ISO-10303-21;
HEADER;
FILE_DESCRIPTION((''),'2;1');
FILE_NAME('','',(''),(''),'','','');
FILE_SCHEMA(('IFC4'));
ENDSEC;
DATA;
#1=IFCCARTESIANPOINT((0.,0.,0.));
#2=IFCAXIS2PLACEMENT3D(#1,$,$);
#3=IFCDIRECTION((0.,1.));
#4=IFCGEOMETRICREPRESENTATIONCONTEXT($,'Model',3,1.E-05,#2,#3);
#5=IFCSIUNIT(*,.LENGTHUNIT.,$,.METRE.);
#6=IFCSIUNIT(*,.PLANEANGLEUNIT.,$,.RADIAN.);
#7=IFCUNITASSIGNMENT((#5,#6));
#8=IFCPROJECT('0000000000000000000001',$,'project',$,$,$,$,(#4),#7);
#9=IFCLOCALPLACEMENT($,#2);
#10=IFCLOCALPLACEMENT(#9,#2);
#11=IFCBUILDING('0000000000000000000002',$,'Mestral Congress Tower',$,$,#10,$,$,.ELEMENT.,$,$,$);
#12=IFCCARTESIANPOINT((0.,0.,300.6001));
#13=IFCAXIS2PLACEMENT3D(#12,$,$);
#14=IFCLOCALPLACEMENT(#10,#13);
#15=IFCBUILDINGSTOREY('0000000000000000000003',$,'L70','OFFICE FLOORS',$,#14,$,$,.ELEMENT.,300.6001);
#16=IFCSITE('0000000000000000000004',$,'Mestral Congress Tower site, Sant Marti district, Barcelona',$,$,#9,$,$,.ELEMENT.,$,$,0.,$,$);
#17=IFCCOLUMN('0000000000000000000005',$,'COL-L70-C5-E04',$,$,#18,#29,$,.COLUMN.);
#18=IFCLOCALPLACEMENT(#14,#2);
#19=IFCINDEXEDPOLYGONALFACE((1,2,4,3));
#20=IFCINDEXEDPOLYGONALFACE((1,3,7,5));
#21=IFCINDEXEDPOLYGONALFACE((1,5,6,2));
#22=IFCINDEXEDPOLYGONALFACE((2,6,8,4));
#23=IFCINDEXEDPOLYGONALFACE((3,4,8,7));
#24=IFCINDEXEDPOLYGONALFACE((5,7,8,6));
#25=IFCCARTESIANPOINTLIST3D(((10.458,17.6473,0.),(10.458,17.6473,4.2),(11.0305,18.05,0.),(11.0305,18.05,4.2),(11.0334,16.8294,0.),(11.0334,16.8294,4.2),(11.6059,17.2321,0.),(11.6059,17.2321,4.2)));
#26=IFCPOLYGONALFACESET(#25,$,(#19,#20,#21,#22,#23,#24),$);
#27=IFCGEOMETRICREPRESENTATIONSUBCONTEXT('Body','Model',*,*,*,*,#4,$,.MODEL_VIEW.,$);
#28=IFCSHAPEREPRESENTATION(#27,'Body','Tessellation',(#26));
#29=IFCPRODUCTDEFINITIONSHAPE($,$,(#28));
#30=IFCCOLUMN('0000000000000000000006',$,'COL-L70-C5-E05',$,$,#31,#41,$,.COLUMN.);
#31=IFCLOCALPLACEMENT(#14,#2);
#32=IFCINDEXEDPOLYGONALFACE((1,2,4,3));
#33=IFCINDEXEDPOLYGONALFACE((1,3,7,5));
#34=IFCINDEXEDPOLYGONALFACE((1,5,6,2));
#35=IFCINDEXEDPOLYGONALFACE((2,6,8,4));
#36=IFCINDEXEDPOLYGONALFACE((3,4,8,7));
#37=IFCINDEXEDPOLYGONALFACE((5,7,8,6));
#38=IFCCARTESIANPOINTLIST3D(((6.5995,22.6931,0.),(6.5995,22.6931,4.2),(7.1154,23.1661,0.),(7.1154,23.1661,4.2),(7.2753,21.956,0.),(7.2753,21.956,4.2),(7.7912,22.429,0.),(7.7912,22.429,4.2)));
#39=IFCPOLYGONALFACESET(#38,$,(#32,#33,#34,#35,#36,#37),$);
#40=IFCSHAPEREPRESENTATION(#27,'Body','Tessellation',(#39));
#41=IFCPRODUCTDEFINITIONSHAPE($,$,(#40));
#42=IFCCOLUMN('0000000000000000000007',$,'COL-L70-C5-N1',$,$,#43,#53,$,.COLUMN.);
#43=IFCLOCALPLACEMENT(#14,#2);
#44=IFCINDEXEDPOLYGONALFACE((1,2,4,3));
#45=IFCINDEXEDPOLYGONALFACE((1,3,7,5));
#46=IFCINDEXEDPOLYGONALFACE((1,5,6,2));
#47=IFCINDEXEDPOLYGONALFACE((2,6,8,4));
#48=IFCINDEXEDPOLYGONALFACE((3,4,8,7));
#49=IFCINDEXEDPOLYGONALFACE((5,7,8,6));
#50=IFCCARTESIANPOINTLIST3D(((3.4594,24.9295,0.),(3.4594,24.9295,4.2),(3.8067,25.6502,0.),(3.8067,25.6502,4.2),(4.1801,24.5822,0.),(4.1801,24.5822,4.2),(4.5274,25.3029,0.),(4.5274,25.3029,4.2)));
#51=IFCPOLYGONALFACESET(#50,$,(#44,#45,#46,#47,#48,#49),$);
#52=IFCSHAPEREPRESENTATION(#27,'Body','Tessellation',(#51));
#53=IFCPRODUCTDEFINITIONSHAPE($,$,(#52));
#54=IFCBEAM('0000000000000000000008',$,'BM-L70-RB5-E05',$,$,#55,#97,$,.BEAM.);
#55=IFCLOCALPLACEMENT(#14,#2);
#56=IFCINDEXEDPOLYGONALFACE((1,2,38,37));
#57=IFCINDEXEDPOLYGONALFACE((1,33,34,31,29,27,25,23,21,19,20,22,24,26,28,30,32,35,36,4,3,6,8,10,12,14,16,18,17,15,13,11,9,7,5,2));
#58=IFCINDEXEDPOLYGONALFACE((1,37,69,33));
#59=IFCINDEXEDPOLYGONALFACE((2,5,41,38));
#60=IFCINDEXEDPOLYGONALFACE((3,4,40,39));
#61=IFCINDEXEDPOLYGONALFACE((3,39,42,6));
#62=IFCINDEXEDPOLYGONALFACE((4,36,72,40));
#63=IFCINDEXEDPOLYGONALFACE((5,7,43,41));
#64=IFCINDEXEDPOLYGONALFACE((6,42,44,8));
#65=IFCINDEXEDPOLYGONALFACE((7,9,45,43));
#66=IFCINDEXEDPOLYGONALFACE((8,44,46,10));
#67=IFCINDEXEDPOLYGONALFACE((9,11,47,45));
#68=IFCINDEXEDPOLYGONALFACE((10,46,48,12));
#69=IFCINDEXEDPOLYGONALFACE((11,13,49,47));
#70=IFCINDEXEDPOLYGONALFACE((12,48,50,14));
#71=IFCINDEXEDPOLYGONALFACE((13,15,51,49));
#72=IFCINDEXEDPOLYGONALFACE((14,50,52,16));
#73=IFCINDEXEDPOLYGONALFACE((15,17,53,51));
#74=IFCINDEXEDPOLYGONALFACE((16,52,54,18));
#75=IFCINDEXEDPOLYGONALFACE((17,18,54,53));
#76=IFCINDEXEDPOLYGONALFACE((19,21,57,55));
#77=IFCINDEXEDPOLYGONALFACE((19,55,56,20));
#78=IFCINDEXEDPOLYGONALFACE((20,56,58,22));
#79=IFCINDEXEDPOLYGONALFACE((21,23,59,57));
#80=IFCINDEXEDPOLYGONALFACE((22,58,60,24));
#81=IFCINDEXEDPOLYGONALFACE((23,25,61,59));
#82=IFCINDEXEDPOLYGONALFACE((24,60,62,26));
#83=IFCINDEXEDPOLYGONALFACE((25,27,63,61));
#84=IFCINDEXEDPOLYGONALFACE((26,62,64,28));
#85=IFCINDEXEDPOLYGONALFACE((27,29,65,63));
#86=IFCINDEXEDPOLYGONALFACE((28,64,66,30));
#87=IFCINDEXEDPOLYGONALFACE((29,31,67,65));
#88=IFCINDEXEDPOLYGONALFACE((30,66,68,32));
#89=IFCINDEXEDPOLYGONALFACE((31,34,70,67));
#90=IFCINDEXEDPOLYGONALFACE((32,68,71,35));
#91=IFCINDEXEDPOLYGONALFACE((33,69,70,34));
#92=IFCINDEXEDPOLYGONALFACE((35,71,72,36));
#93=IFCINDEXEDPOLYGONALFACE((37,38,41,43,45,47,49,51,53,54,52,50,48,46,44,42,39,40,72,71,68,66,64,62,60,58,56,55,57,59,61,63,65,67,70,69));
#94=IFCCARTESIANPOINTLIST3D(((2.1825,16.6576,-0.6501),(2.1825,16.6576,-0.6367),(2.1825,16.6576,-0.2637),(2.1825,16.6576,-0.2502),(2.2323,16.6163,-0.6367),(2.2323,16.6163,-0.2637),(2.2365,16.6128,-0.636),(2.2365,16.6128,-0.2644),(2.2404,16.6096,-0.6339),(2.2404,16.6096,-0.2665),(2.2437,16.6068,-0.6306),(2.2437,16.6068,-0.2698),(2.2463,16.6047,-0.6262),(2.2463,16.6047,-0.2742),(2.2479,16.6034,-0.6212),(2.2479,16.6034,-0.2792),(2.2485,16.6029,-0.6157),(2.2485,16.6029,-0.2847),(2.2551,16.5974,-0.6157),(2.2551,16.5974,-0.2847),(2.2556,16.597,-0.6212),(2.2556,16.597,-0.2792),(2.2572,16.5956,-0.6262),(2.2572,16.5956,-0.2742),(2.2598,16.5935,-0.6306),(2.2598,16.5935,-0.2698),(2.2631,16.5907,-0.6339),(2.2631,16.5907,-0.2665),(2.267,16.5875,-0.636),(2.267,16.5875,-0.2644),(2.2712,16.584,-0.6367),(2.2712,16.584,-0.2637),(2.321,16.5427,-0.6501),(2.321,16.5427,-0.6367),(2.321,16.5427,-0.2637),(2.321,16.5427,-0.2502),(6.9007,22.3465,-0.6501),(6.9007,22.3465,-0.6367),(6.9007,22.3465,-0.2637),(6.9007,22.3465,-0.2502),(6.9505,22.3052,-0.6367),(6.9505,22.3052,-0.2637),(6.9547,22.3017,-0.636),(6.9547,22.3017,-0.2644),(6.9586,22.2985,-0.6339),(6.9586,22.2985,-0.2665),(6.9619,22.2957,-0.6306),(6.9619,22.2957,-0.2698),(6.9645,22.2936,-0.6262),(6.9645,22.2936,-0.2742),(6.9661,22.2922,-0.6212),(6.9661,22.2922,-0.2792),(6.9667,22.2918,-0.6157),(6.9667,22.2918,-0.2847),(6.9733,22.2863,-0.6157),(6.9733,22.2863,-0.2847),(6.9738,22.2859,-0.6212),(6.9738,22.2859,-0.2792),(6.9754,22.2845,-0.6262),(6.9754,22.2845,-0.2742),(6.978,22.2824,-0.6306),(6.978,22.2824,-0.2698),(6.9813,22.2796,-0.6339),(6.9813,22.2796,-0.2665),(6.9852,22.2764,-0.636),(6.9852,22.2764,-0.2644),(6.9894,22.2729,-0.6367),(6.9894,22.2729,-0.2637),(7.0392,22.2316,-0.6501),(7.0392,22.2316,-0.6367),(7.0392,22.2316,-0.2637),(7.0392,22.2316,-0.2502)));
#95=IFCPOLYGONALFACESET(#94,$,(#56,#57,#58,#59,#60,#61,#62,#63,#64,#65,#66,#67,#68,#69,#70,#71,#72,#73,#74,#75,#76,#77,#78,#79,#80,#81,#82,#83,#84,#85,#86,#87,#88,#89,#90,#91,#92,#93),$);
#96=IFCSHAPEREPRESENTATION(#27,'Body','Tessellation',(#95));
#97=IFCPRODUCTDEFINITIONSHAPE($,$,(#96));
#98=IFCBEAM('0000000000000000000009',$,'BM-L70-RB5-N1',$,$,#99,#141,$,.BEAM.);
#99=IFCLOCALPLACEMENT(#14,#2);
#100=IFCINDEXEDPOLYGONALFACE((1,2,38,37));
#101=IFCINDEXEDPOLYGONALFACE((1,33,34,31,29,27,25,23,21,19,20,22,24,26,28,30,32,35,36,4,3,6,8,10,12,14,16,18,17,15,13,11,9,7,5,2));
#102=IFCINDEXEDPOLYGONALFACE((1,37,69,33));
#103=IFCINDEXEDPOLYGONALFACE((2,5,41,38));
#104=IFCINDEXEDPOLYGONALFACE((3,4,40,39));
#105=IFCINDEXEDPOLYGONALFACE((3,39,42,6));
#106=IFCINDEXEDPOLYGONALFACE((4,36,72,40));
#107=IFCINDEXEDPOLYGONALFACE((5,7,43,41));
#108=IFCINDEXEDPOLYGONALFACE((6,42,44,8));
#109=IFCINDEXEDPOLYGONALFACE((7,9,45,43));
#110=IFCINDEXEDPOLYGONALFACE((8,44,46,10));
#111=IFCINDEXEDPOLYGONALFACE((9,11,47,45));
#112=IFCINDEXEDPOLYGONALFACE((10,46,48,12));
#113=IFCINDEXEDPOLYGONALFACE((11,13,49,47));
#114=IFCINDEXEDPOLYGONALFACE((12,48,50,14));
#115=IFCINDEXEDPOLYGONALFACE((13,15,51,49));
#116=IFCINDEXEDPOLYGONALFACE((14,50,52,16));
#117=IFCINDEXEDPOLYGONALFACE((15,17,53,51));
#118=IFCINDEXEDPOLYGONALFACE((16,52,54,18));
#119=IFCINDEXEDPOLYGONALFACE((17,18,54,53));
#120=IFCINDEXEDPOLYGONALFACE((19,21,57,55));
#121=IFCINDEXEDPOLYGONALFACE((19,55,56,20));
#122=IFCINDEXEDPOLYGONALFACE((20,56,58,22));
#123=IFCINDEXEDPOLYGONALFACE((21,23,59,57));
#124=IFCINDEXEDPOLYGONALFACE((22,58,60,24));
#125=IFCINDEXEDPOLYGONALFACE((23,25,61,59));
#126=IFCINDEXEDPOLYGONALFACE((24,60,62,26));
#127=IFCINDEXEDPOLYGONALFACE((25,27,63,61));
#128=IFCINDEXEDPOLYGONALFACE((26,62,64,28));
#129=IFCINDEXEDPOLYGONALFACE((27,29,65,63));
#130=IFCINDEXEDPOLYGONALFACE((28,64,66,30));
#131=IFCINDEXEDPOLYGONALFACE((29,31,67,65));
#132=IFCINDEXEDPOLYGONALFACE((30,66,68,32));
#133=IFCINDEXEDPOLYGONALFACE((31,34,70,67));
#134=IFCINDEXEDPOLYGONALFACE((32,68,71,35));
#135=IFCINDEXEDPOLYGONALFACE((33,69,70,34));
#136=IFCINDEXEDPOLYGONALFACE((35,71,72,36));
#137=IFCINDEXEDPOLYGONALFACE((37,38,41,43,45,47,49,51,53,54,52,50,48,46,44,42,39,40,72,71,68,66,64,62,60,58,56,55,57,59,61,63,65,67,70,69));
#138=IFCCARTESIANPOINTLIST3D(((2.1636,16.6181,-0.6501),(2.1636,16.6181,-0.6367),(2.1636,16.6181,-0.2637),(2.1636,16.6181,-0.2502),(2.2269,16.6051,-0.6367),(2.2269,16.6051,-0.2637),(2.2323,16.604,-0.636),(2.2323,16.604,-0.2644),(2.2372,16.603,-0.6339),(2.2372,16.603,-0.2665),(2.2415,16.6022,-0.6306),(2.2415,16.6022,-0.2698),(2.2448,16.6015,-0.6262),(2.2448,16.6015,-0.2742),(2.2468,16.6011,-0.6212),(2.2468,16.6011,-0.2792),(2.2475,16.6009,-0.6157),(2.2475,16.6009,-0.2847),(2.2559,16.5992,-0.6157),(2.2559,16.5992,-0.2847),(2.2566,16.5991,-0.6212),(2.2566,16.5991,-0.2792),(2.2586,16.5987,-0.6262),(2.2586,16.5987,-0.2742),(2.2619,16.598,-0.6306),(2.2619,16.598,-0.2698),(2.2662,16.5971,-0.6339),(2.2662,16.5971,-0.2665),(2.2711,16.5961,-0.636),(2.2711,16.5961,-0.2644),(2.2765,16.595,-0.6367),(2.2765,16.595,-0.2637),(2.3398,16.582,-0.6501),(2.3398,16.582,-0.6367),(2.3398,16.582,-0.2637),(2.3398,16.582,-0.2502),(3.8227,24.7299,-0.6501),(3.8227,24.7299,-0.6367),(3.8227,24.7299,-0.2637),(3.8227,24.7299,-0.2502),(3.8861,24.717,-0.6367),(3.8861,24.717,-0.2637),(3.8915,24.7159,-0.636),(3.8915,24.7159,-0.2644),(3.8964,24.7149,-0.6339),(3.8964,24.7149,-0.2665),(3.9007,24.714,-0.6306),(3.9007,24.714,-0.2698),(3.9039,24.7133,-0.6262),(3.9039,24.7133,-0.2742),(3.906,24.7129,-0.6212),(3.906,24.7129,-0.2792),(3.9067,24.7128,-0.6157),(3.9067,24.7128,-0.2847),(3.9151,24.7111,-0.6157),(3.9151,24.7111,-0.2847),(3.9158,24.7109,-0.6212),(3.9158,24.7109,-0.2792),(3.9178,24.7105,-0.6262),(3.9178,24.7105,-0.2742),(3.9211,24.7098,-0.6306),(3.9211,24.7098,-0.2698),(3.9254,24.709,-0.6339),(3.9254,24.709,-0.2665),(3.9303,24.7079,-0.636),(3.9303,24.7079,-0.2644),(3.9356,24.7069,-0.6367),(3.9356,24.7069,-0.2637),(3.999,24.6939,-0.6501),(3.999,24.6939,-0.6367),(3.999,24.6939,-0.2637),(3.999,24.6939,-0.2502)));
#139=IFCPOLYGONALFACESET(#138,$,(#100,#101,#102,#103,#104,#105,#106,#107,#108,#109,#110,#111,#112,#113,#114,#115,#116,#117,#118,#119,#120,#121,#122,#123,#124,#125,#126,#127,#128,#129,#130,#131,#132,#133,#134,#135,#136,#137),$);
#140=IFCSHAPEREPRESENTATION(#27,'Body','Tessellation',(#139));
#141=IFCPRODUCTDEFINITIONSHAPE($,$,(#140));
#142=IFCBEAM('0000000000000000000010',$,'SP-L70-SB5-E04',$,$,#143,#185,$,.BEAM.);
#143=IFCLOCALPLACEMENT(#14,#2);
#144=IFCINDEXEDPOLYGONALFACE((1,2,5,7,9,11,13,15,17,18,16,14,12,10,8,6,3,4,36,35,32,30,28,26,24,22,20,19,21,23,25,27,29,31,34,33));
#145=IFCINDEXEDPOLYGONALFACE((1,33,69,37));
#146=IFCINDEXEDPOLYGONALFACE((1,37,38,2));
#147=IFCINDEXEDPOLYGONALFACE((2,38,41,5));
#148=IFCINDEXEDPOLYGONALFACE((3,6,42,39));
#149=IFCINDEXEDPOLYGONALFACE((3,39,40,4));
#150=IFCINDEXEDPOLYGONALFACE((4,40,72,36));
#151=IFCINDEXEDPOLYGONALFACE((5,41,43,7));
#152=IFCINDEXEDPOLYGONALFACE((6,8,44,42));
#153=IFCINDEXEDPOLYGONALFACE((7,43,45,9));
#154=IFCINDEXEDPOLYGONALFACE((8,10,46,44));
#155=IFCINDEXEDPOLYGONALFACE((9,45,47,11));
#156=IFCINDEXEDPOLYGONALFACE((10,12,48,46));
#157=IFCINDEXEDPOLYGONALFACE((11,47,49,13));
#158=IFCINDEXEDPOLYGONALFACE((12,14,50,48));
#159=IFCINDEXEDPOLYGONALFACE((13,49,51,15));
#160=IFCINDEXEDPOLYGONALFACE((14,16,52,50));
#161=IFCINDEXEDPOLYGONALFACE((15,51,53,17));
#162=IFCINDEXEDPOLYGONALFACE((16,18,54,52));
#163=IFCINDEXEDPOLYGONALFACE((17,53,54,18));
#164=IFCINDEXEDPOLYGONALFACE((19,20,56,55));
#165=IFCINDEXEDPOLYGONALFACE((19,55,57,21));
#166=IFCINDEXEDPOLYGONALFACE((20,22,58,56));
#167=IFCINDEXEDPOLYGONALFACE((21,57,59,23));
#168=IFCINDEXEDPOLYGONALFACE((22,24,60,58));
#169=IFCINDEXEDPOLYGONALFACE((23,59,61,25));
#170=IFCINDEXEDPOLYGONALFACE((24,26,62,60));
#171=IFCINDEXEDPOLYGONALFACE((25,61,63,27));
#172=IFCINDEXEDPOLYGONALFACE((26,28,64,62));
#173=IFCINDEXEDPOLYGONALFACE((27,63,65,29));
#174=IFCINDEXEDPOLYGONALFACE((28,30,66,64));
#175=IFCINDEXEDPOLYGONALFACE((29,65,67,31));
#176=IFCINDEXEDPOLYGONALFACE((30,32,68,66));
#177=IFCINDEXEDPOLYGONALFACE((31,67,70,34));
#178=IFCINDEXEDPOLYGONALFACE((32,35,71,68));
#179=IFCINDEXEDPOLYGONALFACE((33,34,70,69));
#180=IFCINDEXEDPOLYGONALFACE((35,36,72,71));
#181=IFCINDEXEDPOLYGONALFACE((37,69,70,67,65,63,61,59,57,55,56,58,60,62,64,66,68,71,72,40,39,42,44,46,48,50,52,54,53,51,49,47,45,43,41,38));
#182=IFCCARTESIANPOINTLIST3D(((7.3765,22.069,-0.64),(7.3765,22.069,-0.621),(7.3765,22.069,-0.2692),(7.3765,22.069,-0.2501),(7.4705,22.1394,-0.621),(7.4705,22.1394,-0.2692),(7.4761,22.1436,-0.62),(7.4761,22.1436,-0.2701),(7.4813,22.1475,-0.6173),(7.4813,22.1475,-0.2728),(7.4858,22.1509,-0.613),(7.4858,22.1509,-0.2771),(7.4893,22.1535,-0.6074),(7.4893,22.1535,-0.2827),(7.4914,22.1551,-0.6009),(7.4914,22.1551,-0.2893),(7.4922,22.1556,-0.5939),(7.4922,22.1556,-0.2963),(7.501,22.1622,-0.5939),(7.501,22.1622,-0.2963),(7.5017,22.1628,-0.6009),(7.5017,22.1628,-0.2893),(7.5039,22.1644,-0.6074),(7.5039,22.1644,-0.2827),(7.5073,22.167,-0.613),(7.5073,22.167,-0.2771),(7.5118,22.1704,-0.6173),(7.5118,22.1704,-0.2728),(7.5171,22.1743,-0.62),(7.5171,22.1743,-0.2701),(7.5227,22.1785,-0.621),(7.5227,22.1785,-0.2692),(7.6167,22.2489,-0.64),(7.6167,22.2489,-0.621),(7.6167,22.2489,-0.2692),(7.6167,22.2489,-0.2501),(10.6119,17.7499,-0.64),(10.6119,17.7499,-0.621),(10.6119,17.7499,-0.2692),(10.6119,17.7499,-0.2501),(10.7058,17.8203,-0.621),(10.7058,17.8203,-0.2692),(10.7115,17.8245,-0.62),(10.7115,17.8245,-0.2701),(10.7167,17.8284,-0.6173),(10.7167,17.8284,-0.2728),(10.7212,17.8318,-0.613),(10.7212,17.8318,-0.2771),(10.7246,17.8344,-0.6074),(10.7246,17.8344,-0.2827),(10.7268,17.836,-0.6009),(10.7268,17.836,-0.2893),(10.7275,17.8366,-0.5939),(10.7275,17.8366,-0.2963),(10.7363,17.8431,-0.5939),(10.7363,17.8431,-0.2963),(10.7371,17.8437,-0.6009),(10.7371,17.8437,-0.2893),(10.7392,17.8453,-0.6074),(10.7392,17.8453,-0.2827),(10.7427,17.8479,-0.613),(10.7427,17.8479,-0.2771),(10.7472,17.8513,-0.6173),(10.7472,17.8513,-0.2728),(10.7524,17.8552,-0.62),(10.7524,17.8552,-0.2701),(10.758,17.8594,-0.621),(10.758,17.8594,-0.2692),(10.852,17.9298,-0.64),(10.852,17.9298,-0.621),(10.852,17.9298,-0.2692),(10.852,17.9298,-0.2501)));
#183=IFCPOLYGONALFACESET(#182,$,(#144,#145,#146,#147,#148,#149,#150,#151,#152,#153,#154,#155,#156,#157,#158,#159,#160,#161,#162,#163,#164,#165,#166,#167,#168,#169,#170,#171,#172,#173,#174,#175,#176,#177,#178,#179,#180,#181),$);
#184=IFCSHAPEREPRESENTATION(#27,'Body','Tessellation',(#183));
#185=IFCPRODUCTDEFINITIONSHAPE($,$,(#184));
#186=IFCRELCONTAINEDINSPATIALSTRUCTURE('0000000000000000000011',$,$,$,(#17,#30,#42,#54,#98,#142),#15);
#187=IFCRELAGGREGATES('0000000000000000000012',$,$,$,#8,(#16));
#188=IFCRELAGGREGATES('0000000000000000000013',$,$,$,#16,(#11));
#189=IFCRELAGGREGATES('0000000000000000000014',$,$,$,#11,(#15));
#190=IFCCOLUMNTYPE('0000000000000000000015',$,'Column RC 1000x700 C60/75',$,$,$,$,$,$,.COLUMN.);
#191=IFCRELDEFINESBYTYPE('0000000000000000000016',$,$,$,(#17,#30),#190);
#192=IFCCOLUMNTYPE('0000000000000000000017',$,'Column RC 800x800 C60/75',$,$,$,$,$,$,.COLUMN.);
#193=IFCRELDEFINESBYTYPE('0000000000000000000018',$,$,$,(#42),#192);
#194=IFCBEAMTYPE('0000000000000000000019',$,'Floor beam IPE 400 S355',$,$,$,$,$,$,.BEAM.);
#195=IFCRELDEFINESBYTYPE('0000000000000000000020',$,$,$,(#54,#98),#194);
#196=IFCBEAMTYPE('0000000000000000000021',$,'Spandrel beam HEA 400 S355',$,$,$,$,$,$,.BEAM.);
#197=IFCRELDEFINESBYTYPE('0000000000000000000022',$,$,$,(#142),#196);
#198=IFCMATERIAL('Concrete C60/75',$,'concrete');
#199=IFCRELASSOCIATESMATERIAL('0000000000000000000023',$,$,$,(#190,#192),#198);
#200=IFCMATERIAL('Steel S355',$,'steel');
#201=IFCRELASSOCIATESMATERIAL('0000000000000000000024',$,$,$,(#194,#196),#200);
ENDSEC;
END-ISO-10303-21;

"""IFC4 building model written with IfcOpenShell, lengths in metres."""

from ifc_helpers import new_model, si_unit, direction, frame, origin, origin_2d, place, context, subcontext, project, spatial, rectangle, i_section, extrude, material, material_profile, profile_set, type_object, element, save


model = new_model("IFC4")

# Units and contexts
model_context = context("Model", 3, precision=1e-05, world=origin(), true_north=direction((0.0, 1.0)))
body_context = subcontext(model_context, "Body", "Model", "MODEL_VIEW")
ifc_project = project(units=[si_unit("LENGTHUNIT", "METRE"), si_unit("PLANEANGLEUNIT", "RADIAN")], contexts=[model_context])

# Site, building, storey
site_placement = place(None, origin())
site = spatial("IfcSite", under=ifc_project, at=site_placement, Name="Mestral Congress Tower site, Sant Marti district, Barcelona", CompositionType="ELEMENT", RefElevation=0.0)
building_placement = place(site_placement, origin())
building = spatial("IfcBuilding", under=site, at=building_placement, Name="Mestral Congress Tower", CompositionType="ELEMENT")
storey_placement = place(building_placement, frame((0.0, 0.0, 300.6001)))
storey = spatial("IfcBuildingStorey", under=building, at=storey_placement, Name="L70", Description="OFFICE FLOORS", CompositionType="ELEMENT", Elevation=300.6001)

# Columns
ifc_material_1 = material(Name="Concrete C60/75", Category="concrete")
ifc_material_profile_1 = material_profile(ifc_material_1, rectangle(XDim=1.0, YDim=0.7, at=origin_2d()), Name="RC 1000x700")
ifc_profile_set_1 = profile_set([ifc_material_profile_1], Name="Concrete C60/75")
column_type_1 = type_object("IfcColumnType", Name="Column RC 1000x700 C60/75", PredefinedType="COLUMN", material=ifc_profile_set_1)
for number, where, z_axis, x_axis, name in (
    (1, (11.032, 17.4397, 0.0), (0.0, 0.0, 1.0), (-0.575402, 0.817871, 0.0), "COL-L70-C5-E04"),
    (2, (7.1953, 22.561, 0.0), (0.0, 0.0, 1.0), (-0.675803, 0.737083, 0.0), "COL-L70-C5-E05"),
):
    element("IfcColumn", number, at=place(storey_placement, frame(where, z_axis=z_axis, x_axis=x_axis)), inside=storey, type_object=column_type_1, Name=name, PredefinedType="COLUMN", context=body_context, shape_type="SweptSolid", body=[
        extrude(rectangle(XDim=1.0, YDim=0.7, at=origin_2d()), origin(), (0.0, 0.0, 1.0), 4.2),
    ])
ifc_material_profile_2 = material_profile(ifc_material_1, rectangle(XDim=0.8, YDim=0.8, at=origin_2d()), Name="RC 800x800")
ifc_profile_set_2 = profile_set([ifc_material_profile_2], Name="Concrete C60/75")
column_type_2 = type_object("IfcColumnType", Name="Column RC 800x800 C60/75", PredefinedType="COLUMN", material=ifc_profile_set_2)
column_placement = place(storey_placement, frame((3.9934, 25.1162, 0.0), z_axis=(0.0, 0.0, 1.0), x_axis=(-0.900873, 0.434082, 0.0)))
element("IfcColumn", 3, at=column_placement, inside=storey, type_object=column_type_2, Name="COL-L70-C5-N1", PredefinedType="COLUMN", context=body_context, shape_type="SweptSolid", body=[
    extrude(rectangle(XDim=0.8, YDim=0.8, at=origin_2d()), origin(), (0.0, 0.0, 1.0), 4.2),
])

# Beams
ifc_material_2 = material(Name="Steel S355", Category="steel")
ifc_material_profile_3 = material_profile(ifc_material_2, i_section(OverallWidth=0.1799, OverallDepth=0.3999, WebThickness=0.0085, FlangeThickness=0.0134, FilletRadius=0.021, at=origin_2d()), Name="IPE 400")
ifc_profile_set_3 = profile_set([ifc_material_profile_3], Name="Steel S355")
beam_type_1 = type_object("IfcBeamType", Name="Floor beam IPE 400 S355", PredefinedType="BEAM", material=ifc_profile_set_3)
beam_1_placement = place(storey_placement, frame((6.97, 22.2891, -0.4502), z_axis=(-0.638383, -0.769719, 0.0), x_axis=(0.769719, -0.638383, 0.0)))
element("IfcBeam", 4, at=beam_1_placement, inside=storey, type_object=beam_type_1, Name="BM-L70-RB5-E05", PredefinedType="BEAM", context=body_context, shape_type="SweptSolid", body=[
    extrude(i_section(OverallWidth=0.1799, OverallDepth=0.3999, WebThickness=0.0085, FlangeThickness=0.0134, FilletRadius=0.021, at=origin_2d()), origin(), (0.0, 0.0, 1.0), 7.3909),
])
beam_2_placement = place(storey_placement, frame((3.9109, 24.7119, -0.4502), z_axis=(-0.20039, -0.979716, 0.0), x_axis=(0.979716, -0.20039, 0.0)))
element("IfcBeam", 5, at=beam_2_placement, inside=storey, type_object=beam_type_1, Name="BM-L70-RB5-N1", PredefinedType="BEAM", context=body_context, shape_type="SweptSolid", body=[
    extrude(i_section(OverallWidth=0.1799, OverallDepth=0.3999, WebThickness=0.0085, FlangeThickness=0.0134, FilletRadius=0.021, at=origin_2d()), origin(), (0.0, 0.0, 1.0), 8.2798),
])
ifc_material_profile_4 = material_profile(ifc_material_2, i_section(OverallWidth=0.3, OverallDepth=0.3899, WebThickness=0.011, FlangeThickness=0.019, FilletRadius=0.0271, at=origin_2d()), Name="HEA 400")
ifc_profile_set_4 = profile_set([ifc_material_profile_4], Name="Steel S355")
beam_type_2 = type_object("IfcBeamType", Name="Spandrel beam HEA 400 S355", PredefinedType="BEAM", material=ifc_profile_set_4)
beam_3_placement = place(storey_placement, frame((10.7319, 17.8398, -0.4451), z_axis=(-0.599529, 0.800353, 0.0), x_axis=(-0.800353, -0.599529, 0.0)))
element("IfcBeam", 6, at=beam_3_placement, inside=storey, type_object=beam_type_2, Name="SP-L70-SB5-E04", PredefinedType="BEAM", context=body_context, shape_type="SweptSolid", body=[
    extrude(i_section(OverallWidth=0.3, OverallDepth=0.3899, WebThickness=0.011, FlangeThickness=0.019, FilletRadius=0.0271, at=origin_2d()), origin(), (0.0, 0.0, 1.0), 5.3965),
])

save(model, "model.ifc")
